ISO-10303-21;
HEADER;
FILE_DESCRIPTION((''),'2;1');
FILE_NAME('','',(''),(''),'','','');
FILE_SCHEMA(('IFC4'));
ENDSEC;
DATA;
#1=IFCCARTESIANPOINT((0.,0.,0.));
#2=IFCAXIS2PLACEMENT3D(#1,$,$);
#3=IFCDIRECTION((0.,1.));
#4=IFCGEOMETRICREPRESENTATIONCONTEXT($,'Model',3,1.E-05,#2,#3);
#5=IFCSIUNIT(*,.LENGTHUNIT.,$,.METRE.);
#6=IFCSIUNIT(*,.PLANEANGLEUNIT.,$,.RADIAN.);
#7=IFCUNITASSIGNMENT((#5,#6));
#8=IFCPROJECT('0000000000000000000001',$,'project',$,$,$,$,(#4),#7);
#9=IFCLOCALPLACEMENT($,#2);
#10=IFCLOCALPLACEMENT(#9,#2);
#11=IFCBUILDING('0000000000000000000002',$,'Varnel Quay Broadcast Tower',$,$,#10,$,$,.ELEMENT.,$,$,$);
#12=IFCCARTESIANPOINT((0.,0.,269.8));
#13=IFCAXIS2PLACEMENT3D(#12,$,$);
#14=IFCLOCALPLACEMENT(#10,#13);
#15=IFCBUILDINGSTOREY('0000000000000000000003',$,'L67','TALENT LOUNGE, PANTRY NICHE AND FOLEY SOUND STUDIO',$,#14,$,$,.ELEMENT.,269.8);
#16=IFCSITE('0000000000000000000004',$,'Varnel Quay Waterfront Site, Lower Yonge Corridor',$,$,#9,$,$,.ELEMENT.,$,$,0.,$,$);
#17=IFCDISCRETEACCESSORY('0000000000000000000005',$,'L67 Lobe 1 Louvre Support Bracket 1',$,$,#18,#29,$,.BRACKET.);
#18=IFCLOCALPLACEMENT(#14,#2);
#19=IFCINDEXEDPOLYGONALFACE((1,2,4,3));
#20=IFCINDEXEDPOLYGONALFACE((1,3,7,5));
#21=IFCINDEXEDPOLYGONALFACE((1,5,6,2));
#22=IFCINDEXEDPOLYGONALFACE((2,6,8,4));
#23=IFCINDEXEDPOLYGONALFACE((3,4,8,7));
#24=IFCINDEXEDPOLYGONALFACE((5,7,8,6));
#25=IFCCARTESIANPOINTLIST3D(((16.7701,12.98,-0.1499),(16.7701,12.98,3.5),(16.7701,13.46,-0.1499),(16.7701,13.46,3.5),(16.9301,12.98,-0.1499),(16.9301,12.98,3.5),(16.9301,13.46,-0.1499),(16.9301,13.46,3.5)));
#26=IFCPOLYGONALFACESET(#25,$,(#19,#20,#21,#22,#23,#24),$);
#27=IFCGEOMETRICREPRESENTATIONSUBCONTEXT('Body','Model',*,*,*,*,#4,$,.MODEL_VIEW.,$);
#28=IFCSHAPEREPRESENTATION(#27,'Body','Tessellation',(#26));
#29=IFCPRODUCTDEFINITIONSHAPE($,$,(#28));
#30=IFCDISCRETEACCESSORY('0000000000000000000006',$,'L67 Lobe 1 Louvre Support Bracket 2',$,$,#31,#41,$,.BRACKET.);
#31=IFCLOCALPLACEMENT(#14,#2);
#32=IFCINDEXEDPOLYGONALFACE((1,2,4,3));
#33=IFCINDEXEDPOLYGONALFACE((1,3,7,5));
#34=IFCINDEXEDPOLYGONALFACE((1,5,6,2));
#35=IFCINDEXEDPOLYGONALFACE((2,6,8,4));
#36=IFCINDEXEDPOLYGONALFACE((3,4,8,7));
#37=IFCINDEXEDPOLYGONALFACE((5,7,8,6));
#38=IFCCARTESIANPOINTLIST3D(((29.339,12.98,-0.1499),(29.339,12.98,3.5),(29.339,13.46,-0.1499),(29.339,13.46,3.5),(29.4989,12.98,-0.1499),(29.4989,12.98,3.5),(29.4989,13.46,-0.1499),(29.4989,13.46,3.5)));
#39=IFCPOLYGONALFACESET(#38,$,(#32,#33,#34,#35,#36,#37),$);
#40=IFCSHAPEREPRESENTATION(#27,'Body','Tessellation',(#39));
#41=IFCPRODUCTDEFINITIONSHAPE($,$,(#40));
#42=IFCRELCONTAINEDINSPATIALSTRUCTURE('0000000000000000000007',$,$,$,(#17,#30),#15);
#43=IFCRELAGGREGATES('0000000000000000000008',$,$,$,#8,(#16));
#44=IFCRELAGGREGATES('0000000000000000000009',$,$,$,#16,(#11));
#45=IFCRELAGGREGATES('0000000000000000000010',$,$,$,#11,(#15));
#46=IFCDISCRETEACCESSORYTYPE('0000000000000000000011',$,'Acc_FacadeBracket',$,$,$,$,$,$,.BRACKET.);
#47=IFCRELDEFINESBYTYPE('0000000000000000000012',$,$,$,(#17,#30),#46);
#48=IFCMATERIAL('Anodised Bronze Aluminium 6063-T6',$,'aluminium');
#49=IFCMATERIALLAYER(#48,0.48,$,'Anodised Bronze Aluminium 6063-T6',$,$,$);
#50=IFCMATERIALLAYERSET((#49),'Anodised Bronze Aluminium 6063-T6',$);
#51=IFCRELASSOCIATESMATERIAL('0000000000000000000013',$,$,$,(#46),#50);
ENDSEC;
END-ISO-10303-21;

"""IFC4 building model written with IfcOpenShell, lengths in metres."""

from ifc_helpers import new_model, si_unit, direction, frame, origin, origin_2d, place, context, subcontext, project, spatial, rectangle, extrude, source, transform, mapped, material, layer, layer_set, type_object, type_shapes, element, save


model = new_model("IFC4")

# Units and contexts
model_context = context("Model", 3, precision=1e-05, world=origin(), true_north=direction((0.0, 1.0)))
body_context = subcontext(model_context, "Body", "Model", "MODEL_VIEW")
ifc_project = project(units=[si_unit("LENGTHUNIT", "METRE"), si_unit("PLANEANGLEUNIT", "RADIAN")], contexts=[model_context])

# Site, building, storey
site_placement = place(None, origin())
site = spatial("IfcSite", under=ifc_project, at=site_placement, Name="Varnel Quay Waterfront Site, Lower Yonge Corridor", CompositionType="ELEMENT", RefElevation=0.0)
building_placement = place(site_placement, origin())
building = spatial("IfcBuilding", under=site, at=building_placement, Name="Varnel Quay Broadcast Tower", CompositionType="ELEMENT")
storey_placement = place(building_placement, frame((0.0, 0.0, 269.8)))
storey = spatial("IfcBuildingStorey", under=building, at=storey_placement, Name="L67", Description="TALENT LOUNGE, PANTRY NICHE AND FOLEY SOUND STUDIO", CompositionType="ELEMENT", Elevation=269.8)

# Shared definitions
ifc_material_1 = material(Name="Anodised Bronze Aluminium 6063-T6", Category="aluminium")

# Discrete accessories
ifc_layer_1 = layer(ifc_material_1, 0.48, Name="Anodised Bronze Aluminium 6063-T6")
ifc_layer_set_1 = layer_set([ifc_layer_1], Name="Anodised Bronze Aluminium 6063-T6")
discrete_accessory_type = type_object("IfcDiscreteAccessoryType", Name="Acc_FacadeBracket", PredefinedType="BRACKET", material=ifc_layer_set_1)
shared_shape_1 = source(origin(), body_context, "Body", "SweptSolid", [
    extrude(rectangle(XDim=0.1599, YDim=0.48, at=origin_2d()), origin(), (0.0, 0.0, 1.0), 3.6499),
])
type_shapes(discrete_accessory_type, [shared_shape_1])
for number, where, z_axis, x_axis, name in (
    (1, (16.8501, 13.22, -0.1499), (0.0, 0.0, 1.0), (1.0, 0.0, 0.0), "L67 Lobe 1 Louvre Support Bracket 1"),
    (2, (29.4189, 13.22, -0.1499), (0.0, 0.0, 1.0), (1.0, 0.0, 0.0), "L67 Lobe 1 Louvre Support Bracket 2"),
):
    element("IfcDiscreteAccessory", number, at=place(storey_placement, frame(where, z_axis=z_axis, x_axis=x_axis)), inside=storey, type_object=discrete_accessory_type, Name=name, PredefinedType="BRACKET", context=body_context, shape_type="MappedRepresentation", body=[
        mapped(shared_shape_1, transform((0.0, 0.0, 0.0), x_axis=(1.0, 0.0, 0.0), y_axis=(0.0, 1.0, 0.0), z_axis=(0.0, 0.0, 1.0), scale=1.0)),
    ])

save(model, "model.ifc")
